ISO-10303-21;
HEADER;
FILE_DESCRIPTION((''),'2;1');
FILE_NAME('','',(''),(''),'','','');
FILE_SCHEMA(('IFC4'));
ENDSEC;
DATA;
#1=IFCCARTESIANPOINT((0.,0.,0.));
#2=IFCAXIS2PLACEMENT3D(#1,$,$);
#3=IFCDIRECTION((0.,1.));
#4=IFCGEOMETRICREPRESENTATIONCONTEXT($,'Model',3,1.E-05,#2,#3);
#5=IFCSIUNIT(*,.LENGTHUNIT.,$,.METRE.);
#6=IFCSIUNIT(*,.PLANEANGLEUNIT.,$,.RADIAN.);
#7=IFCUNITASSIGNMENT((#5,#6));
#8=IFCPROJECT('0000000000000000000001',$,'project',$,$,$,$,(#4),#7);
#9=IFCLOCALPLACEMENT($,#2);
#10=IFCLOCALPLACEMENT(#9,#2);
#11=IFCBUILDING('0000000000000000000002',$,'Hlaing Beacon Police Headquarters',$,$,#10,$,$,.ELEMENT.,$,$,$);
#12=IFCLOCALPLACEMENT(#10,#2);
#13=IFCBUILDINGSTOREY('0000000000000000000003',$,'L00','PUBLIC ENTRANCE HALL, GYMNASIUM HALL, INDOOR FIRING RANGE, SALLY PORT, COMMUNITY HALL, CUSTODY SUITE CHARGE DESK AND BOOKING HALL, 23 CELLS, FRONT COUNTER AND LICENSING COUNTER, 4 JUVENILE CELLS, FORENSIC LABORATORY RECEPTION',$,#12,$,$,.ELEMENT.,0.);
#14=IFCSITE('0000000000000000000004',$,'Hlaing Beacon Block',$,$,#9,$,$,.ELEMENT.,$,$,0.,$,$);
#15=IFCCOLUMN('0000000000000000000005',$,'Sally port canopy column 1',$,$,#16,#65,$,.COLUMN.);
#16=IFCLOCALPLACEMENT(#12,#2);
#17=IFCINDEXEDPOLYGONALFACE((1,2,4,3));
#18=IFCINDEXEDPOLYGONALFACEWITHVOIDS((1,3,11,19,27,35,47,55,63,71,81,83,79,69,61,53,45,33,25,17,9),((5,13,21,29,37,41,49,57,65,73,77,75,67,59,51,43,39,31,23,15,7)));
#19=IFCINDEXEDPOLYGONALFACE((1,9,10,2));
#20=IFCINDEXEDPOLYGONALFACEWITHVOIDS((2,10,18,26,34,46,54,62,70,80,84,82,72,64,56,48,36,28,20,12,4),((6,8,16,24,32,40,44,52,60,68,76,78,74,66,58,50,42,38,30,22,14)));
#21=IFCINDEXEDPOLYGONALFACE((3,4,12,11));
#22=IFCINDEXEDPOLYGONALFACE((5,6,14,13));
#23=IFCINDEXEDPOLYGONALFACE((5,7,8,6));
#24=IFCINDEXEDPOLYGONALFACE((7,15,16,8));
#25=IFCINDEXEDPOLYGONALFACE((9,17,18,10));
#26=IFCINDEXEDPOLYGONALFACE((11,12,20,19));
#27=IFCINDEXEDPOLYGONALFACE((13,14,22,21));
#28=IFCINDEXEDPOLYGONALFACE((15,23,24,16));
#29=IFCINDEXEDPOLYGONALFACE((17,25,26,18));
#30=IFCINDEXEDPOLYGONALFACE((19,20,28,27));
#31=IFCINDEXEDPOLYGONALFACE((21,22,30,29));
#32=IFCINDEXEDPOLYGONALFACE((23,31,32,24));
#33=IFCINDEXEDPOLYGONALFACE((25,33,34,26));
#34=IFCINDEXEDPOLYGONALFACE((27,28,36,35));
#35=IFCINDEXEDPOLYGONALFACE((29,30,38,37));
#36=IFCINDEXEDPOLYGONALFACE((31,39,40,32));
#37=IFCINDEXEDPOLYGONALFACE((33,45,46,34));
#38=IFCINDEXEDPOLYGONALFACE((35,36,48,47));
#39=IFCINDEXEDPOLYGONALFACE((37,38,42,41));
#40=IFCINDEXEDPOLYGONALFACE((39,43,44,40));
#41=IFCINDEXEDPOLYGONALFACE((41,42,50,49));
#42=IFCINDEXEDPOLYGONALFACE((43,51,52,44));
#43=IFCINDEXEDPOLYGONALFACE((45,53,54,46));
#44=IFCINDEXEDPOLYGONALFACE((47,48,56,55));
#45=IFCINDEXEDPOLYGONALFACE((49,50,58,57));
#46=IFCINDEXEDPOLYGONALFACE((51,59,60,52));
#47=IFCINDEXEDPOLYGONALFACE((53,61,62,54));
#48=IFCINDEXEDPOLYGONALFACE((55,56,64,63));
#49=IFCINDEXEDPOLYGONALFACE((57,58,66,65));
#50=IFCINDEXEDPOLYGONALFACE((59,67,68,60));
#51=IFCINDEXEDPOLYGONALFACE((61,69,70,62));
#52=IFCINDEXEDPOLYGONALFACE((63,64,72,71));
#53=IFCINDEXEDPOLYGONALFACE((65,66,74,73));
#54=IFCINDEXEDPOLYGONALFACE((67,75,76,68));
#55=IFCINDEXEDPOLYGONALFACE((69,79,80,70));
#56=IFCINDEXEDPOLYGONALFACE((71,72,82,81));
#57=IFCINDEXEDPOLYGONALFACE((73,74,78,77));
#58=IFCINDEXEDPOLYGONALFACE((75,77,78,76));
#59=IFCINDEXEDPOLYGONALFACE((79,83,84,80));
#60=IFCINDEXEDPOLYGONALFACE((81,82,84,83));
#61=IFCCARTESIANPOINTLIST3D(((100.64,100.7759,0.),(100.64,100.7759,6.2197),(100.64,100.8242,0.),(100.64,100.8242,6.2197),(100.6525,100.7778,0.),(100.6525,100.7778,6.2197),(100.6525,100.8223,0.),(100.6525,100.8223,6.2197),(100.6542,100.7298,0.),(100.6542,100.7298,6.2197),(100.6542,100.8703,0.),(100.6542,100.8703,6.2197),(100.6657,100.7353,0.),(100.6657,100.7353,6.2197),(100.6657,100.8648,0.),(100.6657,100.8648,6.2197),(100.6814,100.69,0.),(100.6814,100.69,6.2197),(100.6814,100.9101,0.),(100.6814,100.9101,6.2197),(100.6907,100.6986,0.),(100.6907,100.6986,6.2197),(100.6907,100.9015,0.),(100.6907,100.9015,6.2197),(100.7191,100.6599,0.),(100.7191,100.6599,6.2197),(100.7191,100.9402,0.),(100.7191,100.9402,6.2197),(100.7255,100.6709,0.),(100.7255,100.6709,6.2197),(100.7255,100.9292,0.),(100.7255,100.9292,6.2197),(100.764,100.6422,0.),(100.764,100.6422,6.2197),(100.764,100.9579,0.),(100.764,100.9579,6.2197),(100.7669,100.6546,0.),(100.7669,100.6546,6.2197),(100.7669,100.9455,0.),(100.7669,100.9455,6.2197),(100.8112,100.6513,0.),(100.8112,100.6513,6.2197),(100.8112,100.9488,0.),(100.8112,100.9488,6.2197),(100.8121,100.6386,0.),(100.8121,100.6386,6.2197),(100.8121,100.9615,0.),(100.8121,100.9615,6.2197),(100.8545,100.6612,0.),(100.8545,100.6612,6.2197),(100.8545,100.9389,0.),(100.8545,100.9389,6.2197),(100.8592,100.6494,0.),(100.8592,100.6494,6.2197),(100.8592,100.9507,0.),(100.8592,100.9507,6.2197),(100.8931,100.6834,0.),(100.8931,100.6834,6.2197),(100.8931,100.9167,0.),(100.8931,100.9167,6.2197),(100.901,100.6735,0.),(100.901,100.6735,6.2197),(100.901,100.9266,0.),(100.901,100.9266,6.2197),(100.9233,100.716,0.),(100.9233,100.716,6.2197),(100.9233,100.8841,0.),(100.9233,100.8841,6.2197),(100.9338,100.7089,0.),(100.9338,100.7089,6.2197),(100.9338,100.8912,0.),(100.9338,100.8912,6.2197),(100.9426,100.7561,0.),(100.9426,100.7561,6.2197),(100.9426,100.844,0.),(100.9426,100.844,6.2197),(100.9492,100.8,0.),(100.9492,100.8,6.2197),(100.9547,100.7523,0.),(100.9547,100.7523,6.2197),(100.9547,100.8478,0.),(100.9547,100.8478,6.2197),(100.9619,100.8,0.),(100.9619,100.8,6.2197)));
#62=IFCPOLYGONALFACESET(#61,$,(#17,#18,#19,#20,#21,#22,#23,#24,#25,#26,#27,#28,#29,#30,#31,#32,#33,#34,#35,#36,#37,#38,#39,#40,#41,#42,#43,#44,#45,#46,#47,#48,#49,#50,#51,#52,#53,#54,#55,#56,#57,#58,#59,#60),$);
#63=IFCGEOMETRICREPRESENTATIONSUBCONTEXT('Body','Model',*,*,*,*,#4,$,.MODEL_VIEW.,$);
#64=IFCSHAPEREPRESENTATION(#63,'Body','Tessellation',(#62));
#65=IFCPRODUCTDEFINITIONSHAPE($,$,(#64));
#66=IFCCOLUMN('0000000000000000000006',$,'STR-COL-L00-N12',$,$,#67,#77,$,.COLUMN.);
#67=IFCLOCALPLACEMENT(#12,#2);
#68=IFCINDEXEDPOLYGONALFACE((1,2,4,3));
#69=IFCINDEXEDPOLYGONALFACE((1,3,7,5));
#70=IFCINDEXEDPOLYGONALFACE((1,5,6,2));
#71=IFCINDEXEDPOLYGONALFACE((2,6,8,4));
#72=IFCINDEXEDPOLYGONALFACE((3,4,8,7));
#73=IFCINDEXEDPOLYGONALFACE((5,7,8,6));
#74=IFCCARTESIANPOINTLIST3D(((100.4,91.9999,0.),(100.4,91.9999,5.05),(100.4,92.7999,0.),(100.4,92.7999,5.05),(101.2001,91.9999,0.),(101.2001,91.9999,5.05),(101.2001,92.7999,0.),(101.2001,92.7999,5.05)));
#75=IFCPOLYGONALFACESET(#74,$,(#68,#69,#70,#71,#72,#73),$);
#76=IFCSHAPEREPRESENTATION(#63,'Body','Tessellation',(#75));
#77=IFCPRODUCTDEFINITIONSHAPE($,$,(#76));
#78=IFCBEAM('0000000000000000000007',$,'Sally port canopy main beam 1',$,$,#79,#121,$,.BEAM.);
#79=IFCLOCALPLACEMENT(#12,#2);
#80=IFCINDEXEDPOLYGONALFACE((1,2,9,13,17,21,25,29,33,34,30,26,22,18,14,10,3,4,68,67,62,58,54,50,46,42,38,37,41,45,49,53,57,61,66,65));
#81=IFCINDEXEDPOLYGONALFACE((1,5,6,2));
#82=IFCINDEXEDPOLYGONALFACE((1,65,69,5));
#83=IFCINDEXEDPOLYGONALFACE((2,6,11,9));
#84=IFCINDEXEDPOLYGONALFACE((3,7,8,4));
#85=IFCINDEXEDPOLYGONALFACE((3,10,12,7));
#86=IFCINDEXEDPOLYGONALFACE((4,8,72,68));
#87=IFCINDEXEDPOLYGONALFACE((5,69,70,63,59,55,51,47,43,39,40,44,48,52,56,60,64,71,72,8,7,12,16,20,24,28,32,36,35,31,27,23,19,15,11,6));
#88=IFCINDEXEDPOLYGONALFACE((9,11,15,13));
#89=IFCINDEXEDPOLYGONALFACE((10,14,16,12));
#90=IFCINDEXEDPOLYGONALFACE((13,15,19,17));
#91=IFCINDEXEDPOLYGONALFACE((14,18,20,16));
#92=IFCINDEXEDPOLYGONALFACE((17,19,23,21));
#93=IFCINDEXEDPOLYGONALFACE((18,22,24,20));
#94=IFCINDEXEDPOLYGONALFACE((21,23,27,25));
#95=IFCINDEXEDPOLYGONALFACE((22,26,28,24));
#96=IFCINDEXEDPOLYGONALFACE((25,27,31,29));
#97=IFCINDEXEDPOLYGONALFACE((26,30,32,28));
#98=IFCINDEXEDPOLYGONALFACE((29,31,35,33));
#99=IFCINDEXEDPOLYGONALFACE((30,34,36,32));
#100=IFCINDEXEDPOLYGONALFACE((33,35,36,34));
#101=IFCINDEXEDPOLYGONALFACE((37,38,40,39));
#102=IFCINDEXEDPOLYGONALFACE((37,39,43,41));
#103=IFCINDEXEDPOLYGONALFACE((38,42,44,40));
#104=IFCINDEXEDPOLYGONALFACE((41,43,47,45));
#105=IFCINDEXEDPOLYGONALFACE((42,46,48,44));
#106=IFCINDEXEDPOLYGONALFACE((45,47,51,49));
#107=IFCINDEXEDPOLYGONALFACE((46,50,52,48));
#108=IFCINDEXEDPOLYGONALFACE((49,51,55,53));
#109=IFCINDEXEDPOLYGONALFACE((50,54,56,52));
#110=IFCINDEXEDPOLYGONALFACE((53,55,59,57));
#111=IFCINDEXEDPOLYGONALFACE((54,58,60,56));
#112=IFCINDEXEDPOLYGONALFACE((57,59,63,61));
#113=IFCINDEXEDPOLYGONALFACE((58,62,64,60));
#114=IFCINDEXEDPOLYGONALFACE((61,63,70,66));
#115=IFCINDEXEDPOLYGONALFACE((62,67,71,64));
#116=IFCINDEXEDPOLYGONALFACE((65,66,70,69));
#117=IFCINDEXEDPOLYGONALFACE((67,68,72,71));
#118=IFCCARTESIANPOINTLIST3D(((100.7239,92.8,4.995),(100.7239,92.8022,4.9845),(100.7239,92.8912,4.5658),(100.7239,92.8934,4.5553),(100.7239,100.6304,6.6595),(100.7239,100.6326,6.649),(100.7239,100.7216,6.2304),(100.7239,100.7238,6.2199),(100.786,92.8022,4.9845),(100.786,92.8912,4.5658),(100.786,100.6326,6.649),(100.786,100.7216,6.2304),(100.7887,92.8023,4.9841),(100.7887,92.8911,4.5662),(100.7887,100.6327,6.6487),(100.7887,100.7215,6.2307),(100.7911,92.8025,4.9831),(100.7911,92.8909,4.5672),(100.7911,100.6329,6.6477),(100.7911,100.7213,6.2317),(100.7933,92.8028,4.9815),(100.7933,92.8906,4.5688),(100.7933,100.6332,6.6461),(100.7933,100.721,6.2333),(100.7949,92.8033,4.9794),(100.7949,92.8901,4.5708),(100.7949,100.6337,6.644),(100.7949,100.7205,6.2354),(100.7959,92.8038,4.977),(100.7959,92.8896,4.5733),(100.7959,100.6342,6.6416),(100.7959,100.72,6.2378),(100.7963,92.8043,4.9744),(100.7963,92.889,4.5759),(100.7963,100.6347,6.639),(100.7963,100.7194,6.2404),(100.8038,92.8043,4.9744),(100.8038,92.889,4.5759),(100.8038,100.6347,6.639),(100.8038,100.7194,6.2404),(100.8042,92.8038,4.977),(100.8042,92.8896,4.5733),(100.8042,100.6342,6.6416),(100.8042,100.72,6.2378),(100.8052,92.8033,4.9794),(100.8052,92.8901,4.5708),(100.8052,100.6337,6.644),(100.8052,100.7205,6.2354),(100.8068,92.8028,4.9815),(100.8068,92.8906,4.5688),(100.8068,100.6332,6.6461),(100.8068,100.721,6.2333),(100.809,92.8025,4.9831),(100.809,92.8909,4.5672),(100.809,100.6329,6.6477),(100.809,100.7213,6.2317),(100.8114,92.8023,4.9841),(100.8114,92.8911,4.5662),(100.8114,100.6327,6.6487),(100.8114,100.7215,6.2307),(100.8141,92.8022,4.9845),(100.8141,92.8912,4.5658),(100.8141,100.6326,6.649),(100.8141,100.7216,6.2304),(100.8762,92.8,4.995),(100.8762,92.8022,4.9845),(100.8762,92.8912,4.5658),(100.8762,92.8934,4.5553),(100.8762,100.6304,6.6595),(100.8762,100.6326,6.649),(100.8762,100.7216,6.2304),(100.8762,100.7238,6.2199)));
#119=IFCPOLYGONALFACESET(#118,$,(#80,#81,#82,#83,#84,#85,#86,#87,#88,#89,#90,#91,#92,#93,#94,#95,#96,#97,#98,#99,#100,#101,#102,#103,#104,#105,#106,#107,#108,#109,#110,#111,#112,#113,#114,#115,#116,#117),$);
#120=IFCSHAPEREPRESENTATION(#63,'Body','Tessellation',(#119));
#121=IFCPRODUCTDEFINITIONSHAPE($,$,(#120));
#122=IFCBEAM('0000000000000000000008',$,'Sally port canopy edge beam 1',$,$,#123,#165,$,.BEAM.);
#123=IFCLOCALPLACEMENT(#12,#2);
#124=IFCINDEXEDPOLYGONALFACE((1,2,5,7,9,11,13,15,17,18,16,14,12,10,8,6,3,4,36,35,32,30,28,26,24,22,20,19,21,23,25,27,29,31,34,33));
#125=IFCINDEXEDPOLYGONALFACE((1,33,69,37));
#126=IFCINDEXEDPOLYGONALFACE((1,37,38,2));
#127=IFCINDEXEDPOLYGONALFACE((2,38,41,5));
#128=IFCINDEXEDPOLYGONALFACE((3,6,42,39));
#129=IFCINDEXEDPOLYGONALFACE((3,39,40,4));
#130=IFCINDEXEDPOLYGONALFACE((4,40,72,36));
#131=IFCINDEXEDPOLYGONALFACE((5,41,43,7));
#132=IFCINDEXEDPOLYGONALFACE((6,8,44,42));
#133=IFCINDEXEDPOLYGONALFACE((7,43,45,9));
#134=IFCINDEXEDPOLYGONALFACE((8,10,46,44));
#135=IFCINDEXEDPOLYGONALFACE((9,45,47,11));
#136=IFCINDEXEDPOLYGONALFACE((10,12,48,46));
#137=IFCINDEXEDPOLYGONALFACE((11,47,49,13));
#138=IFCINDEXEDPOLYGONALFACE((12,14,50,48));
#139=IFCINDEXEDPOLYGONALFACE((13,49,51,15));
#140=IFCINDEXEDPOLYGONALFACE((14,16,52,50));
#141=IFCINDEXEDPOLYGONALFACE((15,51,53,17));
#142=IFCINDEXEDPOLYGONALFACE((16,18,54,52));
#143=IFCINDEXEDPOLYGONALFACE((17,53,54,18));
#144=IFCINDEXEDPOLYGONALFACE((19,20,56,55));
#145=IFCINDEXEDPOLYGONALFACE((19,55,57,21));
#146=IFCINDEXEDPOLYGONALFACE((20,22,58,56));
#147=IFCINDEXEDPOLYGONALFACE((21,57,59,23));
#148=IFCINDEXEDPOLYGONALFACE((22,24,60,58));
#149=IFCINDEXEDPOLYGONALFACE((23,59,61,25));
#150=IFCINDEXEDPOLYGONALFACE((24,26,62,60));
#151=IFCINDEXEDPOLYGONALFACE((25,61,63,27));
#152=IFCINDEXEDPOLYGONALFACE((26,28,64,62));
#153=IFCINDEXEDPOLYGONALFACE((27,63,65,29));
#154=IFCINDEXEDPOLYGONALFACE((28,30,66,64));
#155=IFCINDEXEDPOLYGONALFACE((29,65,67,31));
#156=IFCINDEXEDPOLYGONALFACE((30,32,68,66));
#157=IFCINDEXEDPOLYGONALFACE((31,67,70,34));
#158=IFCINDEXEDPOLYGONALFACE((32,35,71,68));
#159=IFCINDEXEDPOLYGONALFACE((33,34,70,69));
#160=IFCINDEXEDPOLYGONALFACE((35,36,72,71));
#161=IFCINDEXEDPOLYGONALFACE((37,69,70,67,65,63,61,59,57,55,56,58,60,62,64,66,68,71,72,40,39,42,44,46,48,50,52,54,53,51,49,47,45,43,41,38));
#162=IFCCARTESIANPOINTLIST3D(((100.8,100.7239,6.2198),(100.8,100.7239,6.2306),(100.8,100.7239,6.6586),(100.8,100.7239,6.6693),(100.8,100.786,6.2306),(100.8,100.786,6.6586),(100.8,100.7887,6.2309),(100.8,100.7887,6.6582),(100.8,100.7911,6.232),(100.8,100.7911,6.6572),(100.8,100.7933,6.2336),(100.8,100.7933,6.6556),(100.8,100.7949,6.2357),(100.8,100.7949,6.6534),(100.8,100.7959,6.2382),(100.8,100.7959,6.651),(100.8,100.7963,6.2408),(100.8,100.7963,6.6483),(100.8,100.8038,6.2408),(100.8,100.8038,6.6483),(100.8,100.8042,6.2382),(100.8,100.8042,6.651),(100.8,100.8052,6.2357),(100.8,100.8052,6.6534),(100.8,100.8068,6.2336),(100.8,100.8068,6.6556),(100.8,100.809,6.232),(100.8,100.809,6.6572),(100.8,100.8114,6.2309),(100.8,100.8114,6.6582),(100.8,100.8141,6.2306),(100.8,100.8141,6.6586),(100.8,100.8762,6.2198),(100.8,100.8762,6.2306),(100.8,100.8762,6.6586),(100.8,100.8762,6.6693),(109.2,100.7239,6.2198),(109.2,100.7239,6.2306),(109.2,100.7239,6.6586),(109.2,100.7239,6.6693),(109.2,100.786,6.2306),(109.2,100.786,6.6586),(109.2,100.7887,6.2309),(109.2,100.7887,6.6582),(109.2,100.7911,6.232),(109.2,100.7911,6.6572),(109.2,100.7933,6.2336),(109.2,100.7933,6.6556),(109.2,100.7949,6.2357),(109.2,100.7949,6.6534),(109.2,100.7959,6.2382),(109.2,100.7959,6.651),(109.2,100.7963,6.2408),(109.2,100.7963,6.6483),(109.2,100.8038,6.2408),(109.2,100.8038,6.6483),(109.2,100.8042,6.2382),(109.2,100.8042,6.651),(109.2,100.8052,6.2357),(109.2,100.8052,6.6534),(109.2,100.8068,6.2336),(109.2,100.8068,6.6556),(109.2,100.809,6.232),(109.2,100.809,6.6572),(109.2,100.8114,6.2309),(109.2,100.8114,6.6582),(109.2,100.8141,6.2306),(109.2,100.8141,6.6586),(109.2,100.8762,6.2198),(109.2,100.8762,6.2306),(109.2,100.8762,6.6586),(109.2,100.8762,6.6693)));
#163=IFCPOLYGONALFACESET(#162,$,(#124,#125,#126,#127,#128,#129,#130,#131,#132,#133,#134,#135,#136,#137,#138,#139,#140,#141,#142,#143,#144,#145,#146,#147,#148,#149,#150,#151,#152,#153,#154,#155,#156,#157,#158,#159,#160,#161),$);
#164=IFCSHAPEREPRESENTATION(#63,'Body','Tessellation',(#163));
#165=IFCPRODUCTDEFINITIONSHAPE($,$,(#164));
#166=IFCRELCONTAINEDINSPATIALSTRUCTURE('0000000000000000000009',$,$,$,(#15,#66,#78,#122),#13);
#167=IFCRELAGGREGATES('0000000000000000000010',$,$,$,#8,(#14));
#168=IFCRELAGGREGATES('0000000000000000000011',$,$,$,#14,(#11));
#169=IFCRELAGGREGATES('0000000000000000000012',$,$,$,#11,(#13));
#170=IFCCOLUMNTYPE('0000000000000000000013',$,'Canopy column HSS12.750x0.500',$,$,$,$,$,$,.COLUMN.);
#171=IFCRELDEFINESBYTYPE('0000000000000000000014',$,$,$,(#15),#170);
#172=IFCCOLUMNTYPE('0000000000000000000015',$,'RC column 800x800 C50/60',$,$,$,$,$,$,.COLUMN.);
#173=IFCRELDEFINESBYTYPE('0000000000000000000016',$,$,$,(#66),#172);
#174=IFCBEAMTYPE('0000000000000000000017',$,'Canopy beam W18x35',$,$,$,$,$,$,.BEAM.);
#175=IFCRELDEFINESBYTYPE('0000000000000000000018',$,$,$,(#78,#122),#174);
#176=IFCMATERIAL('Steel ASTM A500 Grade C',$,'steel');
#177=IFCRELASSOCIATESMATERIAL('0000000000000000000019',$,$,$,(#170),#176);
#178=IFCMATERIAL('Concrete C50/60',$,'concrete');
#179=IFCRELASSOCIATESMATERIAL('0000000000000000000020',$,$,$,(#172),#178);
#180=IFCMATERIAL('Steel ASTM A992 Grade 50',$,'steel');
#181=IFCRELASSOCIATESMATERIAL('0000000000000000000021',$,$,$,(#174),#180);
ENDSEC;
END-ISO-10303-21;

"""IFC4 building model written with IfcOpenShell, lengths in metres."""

from ifc_helpers import new_model, si_unit, direction, frame, origin, origin_2d, place, context, subcontext, project, spatial, rectangle, hollow_circle, i_section, extrude, material, material_profile, profile_set, type_object, element, save


model = new_model("IFC4")

# Units and contexts
model_context = context("Model", 3, precision=1e-05, world=origin(), true_north=direction((0.0, 1.0)))
body_context = subcontext(model_context, "Body", "Model", "MODEL_VIEW")
ifc_project = project(units=[si_unit("LENGTHUNIT", "METRE"), si_unit("PLANEANGLEUNIT", "RADIAN")], contexts=[model_context])

# Site, building, storey
site_placement = place(None, origin())
site = spatial("IfcSite", under=ifc_project, at=site_placement, Name="Hlaing Beacon Block", CompositionType="ELEMENT", RefElevation=0.0)
building_placement = place(site_placement, origin())
building = spatial("IfcBuilding", under=site, at=building_placement, Name="Hlaing Beacon Police Headquarters", CompositionType="ELEMENT")
storey_placement = place(building_placement, origin())
storey = spatial("IfcBuildingStorey", under=building, at=storey_placement, Name="L00", Description="PUBLIC ENTRANCE HALL, GYMNASIUM HALL, INDOOR FIRING RANGE, SALLY PORT, COMMUNITY HALL, CUSTODY SUITE CHARGE DESK AND BOOKING HALL, 23 CELLS, FRONT COUNTER AND LICENSING COUNTER, 4 JUVENILE CELLS, FORENSIC LABORATORY RECEPTION", CompositionType="ELEMENT", Elevation=0.0)

# Columns
ifc_material_1 = material(Name="Steel ASTM A500 Grade C", Category="steel")
ifc_material_profile_1 = material_profile(ifc_material_1, hollow_circle(Radius=0.1619, WallThickness=0.0127, at=origin_2d()), Name="HSS12.750x0.500")
ifc_profile_set_1 = profile_set([ifc_material_profile_1], Name="Steel ASTM A500 Grade C")
column_type_1 = type_object("IfcColumnType", Name="Canopy column HSS12.750x0.500", PredefinedType="COLUMN", material=ifc_profile_set_1)
column_1_placement = place(storey_placement, frame((100.8, 100.8, 0.0), z_axis=(0.0, 0.0, 1.0), x_axis=(1.0, 0.0, 0.0)))
element("IfcColumn", 1, at=column_1_placement, inside=storey, type_object=column_type_1, Name="Sally port canopy column 1", PredefinedType="COLUMN", context=body_context, shape_type="SweptSolid", body=[
    extrude(hollow_circle(Radius=0.1619, WallThickness=0.0127, at=origin_2d()), origin(), (0.0, 0.0, 1.0), 6.2197),
])
ifc_material_2 = material(Name="Concrete C50/60", Category="concrete")
ifc_material_profile_2 = material_profile(ifc_material_2, rectangle(XDim=0.8, YDim=0.8, at=origin_2d()), Name="800x800")
ifc_profile_set_2 = profile_set([ifc_material_profile_2], Name="Concrete C50/60")
column_type_2 = type_object("IfcColumnType", Name="RC column 800x800 C50/60", PredefinedType="COLUMN", material=ifc_profile_set_2)
column_2_placement = place(storey_placement, frame((100.8, 92.3999, 0.0), z_axis=(0.0, 0.0, 1.0), x_axis=(1.0, 0.0, 0.0)))
element("IfcColumn", 2, at=column_2_placement, inside=storey, type_object=column_type_2, Name="STR-COL-L00-N12", PredefinedType="COLUMN", context=body_context, shape_type="SweptSolid", body=[
    extrude(rectangle(XDim=0.8, YDim=0.8, at=origin_2d()), origin(), (0.0, 0.0, 1.0), 5.05),
])

# Beams
ifc_material_3 = material(Name="Steel ASTM A992 Grade 50", Category="steel")
ifc_material_profile_3 = material_profile(ifc_material_3, i_section(OverallWidth=0.1523, OverallDepth=0.4495, WebThickness=0.0076, FlangeThickness=0.0107, FilletRadius=0.0103, at=origin_2d()), Name="W18x35")
ifc_profile_set_3 = profile_set([ifc_material_profile_3], Name="Steel ASTM A992 Grade 50")
beam_type = type_object("IfcBeamType", Name="Canopy beam W18x35", PredefinedType="BEAM", material=ifc_profile_set_3)
beam_1_placement = place(storey_placement, frame((100.8, 92.8467, 4.7751), z_axis=(0.0, 0.978143, 0.207931), x_axis=(-1.0, 0.0, 0.0)))
element("IfcBeam", 3, at=beam_1_placement, inside=storey, type_object=beam_type, Name="Sally port canopy main beam 1", PredefinedType="BEAM", context=body_context, shape_type="SweptSolid", body=[
    extrude(i_section(OverallWidth=0.1523, OverallDepth=0.4495, WebThickness=0.0076, FlangeThickness=0.0107, FilletRadius=0.0103, at=origin_2d()), origin(), (0.0, 0.0, 1.0), 8.0054),
])
beam_2_placement = place(storey_placement, frame((100.8, 100.8, 6.4446), z_axis=(1.0, 0.0, 0.0), x_axis=(0.0, 1.0, 0.0)))
element("IfcBeam", 4, at=beam_2_placement, inside=storey, type_object=beam_type, Name="Sally port canopy edge beam 1", PredefinedType="BEAM", context=body_context, shape_type="SweptSolid", body=[
    extrude(i_section(OverallWidth=0.1523, OverallDepth=0.4495, WebThickness=0.0076, FlangeThickness=0.0107, FilletRadius=0.0103, at=origin_2d()), origin(), (0.0, 0.0, 1.0), 8.3999),
])

save(model, "model.ifc")
